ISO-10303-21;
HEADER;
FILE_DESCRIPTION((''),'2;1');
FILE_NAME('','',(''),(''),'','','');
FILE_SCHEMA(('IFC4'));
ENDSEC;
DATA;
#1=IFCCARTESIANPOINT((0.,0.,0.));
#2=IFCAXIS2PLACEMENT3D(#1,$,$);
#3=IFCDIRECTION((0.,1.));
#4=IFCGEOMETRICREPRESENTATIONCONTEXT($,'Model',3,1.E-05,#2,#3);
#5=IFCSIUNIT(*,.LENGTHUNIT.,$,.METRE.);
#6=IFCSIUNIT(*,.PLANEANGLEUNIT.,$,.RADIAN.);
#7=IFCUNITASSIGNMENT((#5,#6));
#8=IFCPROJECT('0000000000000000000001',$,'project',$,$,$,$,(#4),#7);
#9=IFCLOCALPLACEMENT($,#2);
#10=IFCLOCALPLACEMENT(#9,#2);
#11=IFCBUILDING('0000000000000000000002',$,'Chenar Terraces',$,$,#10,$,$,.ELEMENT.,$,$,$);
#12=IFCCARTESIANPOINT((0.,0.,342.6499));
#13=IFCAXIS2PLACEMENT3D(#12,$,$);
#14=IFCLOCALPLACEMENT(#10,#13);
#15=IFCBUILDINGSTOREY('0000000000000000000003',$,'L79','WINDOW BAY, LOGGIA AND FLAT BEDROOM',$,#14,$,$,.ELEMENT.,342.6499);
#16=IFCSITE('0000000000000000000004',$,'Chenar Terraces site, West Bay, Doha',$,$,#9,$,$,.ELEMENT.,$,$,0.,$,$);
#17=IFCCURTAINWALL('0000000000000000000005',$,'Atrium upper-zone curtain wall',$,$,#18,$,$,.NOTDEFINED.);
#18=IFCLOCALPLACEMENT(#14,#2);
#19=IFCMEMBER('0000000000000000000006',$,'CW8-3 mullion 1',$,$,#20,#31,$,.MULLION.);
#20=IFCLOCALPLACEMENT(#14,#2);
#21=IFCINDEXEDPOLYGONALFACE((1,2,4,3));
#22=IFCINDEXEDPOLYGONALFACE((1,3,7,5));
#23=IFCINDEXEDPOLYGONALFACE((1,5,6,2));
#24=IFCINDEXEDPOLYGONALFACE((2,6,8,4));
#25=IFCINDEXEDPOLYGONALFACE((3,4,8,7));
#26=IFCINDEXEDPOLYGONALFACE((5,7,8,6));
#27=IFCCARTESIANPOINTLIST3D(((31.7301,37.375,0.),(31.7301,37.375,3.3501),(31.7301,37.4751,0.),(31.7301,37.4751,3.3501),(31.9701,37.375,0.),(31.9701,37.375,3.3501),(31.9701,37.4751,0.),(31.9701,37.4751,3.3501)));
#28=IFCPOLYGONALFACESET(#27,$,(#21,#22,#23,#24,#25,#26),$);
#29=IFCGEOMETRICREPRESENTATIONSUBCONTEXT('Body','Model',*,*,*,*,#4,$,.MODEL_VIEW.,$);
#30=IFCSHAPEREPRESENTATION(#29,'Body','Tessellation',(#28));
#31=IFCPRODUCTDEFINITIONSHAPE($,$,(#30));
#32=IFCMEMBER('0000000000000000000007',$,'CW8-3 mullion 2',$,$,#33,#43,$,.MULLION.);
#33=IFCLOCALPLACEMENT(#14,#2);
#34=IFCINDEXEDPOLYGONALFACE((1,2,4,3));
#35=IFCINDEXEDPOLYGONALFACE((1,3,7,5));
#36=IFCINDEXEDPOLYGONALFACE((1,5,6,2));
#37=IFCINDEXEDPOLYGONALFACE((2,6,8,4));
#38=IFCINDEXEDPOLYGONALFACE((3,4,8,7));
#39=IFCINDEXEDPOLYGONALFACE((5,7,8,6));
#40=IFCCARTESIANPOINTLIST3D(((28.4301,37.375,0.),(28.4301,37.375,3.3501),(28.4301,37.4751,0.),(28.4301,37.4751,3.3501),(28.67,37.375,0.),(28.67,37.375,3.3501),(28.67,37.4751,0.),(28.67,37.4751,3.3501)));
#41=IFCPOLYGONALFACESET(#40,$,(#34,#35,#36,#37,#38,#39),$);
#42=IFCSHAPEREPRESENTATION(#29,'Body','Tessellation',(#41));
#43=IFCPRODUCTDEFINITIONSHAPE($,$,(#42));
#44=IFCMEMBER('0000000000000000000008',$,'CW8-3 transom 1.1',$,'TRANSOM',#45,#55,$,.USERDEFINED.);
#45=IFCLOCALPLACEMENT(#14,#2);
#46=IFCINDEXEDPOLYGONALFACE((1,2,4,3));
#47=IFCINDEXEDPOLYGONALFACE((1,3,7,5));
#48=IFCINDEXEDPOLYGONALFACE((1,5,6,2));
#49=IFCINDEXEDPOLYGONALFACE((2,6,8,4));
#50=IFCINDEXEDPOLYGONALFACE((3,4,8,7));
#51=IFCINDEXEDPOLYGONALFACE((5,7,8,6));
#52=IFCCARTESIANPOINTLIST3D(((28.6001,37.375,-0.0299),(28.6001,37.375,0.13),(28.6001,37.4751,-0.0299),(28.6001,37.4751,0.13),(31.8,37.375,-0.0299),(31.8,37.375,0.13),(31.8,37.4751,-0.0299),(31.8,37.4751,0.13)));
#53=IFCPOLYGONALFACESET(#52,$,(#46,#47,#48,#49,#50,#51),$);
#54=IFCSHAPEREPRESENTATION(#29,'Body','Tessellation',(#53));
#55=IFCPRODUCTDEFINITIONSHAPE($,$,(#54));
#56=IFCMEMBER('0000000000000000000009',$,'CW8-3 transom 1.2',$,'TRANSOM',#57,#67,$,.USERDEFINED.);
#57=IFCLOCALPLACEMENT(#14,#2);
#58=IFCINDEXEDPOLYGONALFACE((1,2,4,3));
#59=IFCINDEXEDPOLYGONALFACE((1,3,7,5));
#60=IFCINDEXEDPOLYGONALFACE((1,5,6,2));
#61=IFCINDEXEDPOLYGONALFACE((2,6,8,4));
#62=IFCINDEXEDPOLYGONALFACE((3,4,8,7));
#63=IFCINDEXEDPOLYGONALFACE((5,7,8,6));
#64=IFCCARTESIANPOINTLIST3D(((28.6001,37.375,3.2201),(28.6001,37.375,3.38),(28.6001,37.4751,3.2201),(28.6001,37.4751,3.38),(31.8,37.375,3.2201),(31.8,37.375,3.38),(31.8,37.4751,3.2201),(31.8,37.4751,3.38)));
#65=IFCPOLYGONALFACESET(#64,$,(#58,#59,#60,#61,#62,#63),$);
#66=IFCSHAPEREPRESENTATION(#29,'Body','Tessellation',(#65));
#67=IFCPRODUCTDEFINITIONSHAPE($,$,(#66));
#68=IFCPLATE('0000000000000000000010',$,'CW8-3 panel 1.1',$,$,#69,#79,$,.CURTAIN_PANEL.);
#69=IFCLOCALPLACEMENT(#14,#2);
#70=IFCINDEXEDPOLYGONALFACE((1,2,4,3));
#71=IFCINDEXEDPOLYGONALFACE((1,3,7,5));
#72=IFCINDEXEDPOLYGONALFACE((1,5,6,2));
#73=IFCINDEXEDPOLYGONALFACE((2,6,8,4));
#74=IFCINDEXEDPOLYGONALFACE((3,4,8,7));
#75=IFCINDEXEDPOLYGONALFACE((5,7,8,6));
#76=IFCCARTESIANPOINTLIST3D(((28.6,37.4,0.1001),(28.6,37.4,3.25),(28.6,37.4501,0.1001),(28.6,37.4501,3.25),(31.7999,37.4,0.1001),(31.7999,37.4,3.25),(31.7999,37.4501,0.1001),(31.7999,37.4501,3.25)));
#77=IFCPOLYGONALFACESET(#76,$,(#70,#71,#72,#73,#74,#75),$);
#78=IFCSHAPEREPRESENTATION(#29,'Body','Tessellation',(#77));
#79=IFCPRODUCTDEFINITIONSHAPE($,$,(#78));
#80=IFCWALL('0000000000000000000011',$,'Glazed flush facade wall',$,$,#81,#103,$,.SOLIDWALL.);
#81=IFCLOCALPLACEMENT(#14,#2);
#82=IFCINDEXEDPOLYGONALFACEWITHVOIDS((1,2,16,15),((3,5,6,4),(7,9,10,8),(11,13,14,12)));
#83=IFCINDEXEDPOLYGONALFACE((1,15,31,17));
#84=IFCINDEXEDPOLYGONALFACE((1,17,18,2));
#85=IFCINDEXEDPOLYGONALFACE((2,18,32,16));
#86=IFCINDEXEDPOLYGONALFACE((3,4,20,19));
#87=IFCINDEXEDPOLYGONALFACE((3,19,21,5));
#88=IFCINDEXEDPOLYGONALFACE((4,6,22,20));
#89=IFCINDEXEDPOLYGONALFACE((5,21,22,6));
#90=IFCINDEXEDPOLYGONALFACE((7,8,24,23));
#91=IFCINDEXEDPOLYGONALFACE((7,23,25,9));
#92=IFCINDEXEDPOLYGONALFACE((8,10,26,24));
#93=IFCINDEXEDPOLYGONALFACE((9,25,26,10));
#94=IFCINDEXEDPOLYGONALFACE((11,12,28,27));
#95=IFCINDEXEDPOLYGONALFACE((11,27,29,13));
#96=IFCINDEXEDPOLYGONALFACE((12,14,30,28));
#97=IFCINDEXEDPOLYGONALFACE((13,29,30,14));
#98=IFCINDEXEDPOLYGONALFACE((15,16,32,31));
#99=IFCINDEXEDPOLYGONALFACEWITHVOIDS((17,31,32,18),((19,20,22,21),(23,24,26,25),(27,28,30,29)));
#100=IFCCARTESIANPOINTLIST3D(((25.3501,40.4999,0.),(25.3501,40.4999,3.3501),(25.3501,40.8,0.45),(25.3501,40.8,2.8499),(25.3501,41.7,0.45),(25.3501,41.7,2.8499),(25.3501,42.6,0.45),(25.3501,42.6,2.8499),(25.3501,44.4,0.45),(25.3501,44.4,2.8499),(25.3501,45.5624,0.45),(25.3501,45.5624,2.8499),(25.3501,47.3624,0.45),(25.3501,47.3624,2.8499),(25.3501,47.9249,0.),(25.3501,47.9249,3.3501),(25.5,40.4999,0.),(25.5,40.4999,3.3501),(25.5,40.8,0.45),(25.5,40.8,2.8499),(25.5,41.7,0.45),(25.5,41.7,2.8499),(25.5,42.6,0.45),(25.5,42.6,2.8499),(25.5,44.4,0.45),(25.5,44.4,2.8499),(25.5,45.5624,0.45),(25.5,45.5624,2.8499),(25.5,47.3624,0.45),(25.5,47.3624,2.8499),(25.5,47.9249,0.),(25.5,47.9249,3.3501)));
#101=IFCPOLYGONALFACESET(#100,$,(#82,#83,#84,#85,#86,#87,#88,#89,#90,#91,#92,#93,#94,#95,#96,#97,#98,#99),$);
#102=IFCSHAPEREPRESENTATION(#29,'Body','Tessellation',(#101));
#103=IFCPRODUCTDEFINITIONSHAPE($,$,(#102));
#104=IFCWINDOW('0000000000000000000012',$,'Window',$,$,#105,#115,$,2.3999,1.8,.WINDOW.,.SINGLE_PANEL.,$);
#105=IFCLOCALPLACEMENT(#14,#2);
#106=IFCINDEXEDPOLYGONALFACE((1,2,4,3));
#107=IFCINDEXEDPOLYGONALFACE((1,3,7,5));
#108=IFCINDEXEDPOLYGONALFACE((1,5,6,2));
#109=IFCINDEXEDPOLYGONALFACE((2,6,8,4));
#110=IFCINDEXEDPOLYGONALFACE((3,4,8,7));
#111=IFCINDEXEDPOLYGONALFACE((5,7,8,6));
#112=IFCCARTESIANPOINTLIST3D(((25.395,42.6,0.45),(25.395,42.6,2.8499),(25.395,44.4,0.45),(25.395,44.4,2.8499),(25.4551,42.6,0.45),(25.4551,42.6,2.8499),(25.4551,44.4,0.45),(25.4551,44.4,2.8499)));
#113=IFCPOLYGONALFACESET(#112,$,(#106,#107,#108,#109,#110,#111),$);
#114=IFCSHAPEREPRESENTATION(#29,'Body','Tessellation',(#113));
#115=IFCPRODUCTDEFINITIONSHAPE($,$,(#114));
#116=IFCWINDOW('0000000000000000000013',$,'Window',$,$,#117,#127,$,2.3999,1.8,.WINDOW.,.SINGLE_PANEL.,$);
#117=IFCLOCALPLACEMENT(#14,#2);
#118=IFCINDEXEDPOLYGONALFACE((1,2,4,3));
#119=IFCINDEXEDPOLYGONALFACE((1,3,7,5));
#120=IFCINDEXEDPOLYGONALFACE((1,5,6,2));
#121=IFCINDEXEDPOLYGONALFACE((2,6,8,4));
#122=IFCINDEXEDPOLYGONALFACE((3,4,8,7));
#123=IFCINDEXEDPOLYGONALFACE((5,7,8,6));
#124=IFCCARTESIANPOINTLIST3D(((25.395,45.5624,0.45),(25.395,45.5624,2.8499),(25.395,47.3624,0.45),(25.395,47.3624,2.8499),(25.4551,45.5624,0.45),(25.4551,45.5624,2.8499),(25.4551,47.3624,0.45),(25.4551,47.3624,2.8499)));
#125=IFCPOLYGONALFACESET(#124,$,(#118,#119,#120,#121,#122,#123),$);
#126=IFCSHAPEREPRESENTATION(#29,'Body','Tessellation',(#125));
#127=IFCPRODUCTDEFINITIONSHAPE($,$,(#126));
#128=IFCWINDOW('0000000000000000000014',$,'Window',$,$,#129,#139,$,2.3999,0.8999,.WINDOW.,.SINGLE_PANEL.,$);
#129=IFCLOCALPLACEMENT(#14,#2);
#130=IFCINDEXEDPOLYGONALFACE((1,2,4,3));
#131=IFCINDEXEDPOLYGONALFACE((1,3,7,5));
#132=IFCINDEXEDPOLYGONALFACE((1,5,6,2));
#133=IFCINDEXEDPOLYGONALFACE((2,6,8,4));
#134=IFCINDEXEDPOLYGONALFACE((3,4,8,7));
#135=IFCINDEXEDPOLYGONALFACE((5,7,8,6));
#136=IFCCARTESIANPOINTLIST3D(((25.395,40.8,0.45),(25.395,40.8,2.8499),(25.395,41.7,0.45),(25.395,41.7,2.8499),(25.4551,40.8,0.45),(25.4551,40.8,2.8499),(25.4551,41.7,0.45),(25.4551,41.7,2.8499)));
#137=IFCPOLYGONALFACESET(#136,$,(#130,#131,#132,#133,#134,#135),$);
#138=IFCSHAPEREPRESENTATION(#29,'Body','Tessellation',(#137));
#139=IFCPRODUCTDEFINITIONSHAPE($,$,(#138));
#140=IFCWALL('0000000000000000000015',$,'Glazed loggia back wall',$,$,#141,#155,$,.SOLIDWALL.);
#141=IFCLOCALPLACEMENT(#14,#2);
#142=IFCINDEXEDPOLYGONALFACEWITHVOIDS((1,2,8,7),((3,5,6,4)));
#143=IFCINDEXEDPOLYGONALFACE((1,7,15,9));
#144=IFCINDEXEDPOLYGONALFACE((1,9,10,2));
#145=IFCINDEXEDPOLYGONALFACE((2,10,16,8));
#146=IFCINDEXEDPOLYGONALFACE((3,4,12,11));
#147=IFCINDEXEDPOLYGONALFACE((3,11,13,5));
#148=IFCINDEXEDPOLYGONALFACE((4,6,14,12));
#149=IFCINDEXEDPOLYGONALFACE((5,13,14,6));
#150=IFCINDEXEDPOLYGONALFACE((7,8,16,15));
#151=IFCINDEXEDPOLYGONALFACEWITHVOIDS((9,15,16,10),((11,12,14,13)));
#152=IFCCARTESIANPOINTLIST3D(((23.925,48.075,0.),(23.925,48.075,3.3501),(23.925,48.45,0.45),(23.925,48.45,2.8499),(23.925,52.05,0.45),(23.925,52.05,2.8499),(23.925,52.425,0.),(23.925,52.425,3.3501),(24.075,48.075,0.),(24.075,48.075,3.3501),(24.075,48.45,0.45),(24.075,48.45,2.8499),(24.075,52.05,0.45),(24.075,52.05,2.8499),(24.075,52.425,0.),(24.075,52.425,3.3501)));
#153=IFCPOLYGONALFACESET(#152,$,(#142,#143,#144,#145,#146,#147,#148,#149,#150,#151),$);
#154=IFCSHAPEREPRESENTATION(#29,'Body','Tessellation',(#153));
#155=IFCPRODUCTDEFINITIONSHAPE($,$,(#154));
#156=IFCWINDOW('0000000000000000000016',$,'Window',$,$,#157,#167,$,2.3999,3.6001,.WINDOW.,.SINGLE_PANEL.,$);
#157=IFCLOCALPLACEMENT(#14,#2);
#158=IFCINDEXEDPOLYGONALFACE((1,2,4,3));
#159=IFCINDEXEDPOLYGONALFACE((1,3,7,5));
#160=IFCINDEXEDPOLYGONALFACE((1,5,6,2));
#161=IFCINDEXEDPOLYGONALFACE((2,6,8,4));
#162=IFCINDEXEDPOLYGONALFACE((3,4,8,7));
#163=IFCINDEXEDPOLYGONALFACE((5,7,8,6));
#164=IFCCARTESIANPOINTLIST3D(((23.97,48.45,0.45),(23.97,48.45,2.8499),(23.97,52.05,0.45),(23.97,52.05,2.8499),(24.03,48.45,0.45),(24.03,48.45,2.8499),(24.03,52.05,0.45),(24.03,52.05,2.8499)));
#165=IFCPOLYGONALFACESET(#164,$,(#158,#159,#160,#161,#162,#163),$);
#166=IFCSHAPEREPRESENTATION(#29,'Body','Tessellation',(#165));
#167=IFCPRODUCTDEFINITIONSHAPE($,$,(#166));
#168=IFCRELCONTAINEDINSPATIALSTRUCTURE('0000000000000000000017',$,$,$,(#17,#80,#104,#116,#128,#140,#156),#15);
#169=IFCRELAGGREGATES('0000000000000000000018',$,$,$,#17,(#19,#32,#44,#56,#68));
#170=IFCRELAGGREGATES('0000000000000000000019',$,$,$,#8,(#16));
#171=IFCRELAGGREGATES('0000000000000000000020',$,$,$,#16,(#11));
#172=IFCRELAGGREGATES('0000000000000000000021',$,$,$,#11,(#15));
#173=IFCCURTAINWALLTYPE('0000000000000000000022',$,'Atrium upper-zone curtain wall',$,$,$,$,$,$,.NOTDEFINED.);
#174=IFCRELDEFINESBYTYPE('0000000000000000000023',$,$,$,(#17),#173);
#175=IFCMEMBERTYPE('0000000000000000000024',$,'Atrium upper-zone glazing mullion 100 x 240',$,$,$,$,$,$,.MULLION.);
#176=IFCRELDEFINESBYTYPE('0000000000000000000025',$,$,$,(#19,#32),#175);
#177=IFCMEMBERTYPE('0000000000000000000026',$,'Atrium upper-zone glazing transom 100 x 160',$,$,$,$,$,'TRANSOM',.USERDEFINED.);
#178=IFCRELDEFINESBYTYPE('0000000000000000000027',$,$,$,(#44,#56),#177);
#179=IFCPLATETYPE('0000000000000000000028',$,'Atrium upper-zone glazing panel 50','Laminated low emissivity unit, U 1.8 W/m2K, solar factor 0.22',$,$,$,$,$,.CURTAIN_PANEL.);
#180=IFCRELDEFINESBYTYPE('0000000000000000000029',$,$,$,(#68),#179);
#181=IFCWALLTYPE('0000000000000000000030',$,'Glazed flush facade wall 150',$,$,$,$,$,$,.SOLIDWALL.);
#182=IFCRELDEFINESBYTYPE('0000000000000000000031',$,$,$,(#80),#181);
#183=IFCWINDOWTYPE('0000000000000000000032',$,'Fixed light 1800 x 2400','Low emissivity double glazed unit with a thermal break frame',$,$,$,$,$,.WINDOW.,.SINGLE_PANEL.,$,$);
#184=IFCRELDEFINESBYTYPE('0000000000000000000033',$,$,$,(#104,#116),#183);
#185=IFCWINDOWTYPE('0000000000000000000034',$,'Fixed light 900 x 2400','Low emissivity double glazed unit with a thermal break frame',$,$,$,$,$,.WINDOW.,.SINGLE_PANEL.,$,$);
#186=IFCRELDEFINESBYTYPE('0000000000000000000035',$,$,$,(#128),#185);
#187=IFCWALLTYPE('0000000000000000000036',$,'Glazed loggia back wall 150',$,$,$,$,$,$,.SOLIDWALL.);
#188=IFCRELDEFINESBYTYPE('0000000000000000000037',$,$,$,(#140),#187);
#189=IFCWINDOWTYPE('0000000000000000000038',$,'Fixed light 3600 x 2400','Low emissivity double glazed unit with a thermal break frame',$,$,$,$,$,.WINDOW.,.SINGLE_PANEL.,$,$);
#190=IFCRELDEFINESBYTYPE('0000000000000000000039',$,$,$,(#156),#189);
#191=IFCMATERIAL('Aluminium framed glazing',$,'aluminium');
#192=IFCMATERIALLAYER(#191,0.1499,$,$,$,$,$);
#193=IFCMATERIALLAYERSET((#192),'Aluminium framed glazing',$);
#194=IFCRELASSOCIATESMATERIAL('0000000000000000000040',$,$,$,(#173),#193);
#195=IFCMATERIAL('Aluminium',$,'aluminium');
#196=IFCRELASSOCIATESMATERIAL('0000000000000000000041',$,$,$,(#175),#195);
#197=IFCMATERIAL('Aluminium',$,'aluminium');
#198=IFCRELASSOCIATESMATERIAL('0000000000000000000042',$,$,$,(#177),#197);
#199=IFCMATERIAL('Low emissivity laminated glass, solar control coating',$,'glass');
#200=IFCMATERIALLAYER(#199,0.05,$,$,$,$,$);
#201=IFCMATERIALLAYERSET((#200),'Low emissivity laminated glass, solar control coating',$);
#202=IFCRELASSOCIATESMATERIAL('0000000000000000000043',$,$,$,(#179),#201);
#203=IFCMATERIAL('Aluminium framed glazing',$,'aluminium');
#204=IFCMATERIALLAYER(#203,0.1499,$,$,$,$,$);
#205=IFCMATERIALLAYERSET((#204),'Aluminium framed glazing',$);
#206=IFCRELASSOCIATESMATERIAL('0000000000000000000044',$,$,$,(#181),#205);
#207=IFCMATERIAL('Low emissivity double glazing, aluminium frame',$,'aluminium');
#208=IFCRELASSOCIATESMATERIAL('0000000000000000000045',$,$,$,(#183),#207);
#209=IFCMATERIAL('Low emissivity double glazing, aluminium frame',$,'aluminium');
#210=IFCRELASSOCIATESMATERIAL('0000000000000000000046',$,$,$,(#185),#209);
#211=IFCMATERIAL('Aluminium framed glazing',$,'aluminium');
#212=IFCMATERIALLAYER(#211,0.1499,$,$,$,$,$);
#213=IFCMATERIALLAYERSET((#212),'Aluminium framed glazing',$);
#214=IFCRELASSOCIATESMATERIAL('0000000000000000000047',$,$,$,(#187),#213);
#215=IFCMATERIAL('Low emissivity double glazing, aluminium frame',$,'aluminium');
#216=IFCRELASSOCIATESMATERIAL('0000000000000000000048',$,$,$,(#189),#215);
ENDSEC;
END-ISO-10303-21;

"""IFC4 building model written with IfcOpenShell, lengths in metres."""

from ifc_helpers import new_model, si_unit, direction, frame, frame_2d, origin, origin_2d, place, context, subcontext, project, spatial, rectangle, extrude, material, layer, layer_set, material_profile, profile_set, type_object, element, fill, aggregate, save


model = new_model("IFC4")

# Units and contexts
model_context = context("Model", 3, precision=1e-05, world=origin(), true_north=direction((0.0, 1.0)))
body_context = subcontext(model_context, "Body", "Model", "MODEL_VIEW")
ifc_project = project(units=[si_unit("LENGTHUNIT", "METRE"), si_unit("PLANEANGLEUNIT", "RADIAN")], contexts=[model_context])

# Site, building, storey
site_placement = place(None, origin())
site = spatial("IfcSite", under=ifc_project, at=site_placement, Name="Chenar Terraces site, West Bay, Doha", CompositionType="ELEMENT", RefElevation=0.0)
building_placement = place(site_placement, origin())
building = spatial("IfcBuilding", under=site, at=building_placement, Name="Chenar Terraces", CompositionType="ELEMENT")
storey_placement = place(building_placement, frame((0.0, 0.0, 342.6499)))
storey = spatial("IfcBuildingStorey", under=building, at=storey_placement, Name="L79", Description="WINDOW BAY, LOGGIA AND FLAT BEDROOM", CompositionType="ELEMENT", Elevation=342.6499)

# Curtain wall, members, plate
ifc_material_1 = material(Name="Aluminium framed glazing", Category="aluminium")
ifc_layer_1 = layer(ifc_material_1, 0.1499)
ifc_layer_set_1 = layer_set([ifc_layer_1], Name="Aluminium framed glazing")
curtain_wall_type = type_object("IfcCurtainWallType", Name="Atrium upper-zone curtain wall", PredefinedType="NOTDEFINED", material=ifc_layer_set_1)
curtain_wall_placement = place(storey_placement, origin())
curtain_wall = element("IfcCurtainWall", 1, at=curtain_wall_placement, inside=storey, type_object=curtain_wall_type, Name="Atrium upper-zone curtain wall", PredefinedType="NOTDEFINED")
ifc_material_2 = material(Name="Aluminium", Category="aluminium")
ifc_material_profile_1 = material_profile(ifc_material_2, rectangle(XDim=0.1001, YDim=0.24, at=origin_2d()), Name="Atrium upper-zone glazing mullion 100 x 240")
ifc_profile_set_1 = profile_set([ifc_material_profile_1], Name="Aluminium")
member_type_1 = type_object("IfcMemberType", Name="Atrium upper-zone glazing mullion 100 x 240", PredefinedType="MULLION", material=ifc_profile_set_1)
member_1_placement = place(storey_placement, frame((31.8501, 37.425, 0.0), z_axis=(0.0, 0.0, 1.0), x_axis=(0.0, -1.0, 0.0)))
member_1 = element("IfcMember", 2, at=member_1_placement, type_object=member_type_1, Name="CW8-3 mullion 1", PredefinedType="MULLION", context=body_context, shape_type="SweptSolid", body=[
    extrude(rectangle(XDim=0.1001, YDim=0.24, at=origin_2d()), origin(), (0.0, 0.0, 1.0), 3.3501),
])
member_2_placement = place(storey_placement, frame((28.55, 37.425, 0.0), z_axis=(0.0, 0.0, 1.0), x_axis=(0.0, -1.0, 0.0)))
member_2 = element("IfcMember", 3, at=member_2_placement, type_object=member_type_1, Name="CW8-3 mullion 2", PredefinedType="MULLION", context=body_context, shape_type="SweptSolid", body=[
    extrude(rectangle(XDim=0.1001, YDim=0.24, at=origin_2d()), origin(), (0.0, 0.0, 1.0), 3.3501),
])
ifc_material_3 = material(Name="Aluminium", Category="aluminium")
ifc_material_profile_2 = material_profile(ifc_material_3, rectangle(XDim=0.1001, YDim=0.1599, at=origin_2d()), Name="Atrium upper-zone glazing transom 100 x 160")
ifc_profile_set_2 = profile_set([ifc_material_profile_2], Name="Aluminium")
member_type_2 = type_object("IfcMemberType", Name="Atrium upper-zone glazing transom 100 x 160", ElementType="TRANSOM", PredefinedType="USERDEFINED", material=ifc_profile_set_2)
member_3_placement = place(storey_placement, frame((31.8, 37.425, 0.05), z_axis=(-1.0, 0.0, 0.0), x_axis=(0.0, -1.0, 0.0)))
member_3 = element("IfcMember", 4, at=member_3_placement, type_object=member_type_2, Name="CW8-3 transom 1.1", ObjectType="TRANSOM", PredefinedType="USERDEFINED", context=body_context, shape_type="SweptSolid", body=[
    extrude(rectangle(XDim=0.1001, YDim=0.1599, at=origin_2d()), origin(), (0.0, 0.0, 1.0), 3.2),
])
member_4_placement = place(storey_placement, frame((31.8, 37.425, 3.3), z_axis=(-1.0, 0.0, 0.0), x_axis=(0.0, -1.0, 0.0)))
member_4 = element("IfcMember", 5, at=member_4_placement, type_object=member_type_2, Name="CW8-3 transom 1.2", ObjectType="TRANSOM", PredefinedType="USERDEFINED", context=body_context, shape_type="SweptSolid", body=[
    extrude(rectangle(XDim=0.1001, YDim=0.1599, at=origin_2d()), origin(), (0.0, 0.0, 1.0), 3.2),
])
ifc_material_4 = material(Name="Low emissivity laminated glass, solar control coating", Category="glass")
ifc_layer_2 = layer(ifc_material_4, 0.05)
ifc_layer_set_2 = layer_set([ifc_layer_2], Name="Low emissivity laminated glass, solar control coating")
plate_type = type_object("IfcPlateType", Name="Atrium upper-zone glazing panel 50", Description="Laminated low emissivity unit, U 1.8 W/m2K, solar factor 0.22", PredefinedType="CURTAIN_PANEL", material=ifc_layer_set_2)
plate_placement = place(storey_placement, frame((30.2, 37.425, 0.1001), z_axis=(0.0, 0.0, 1.0), x_axis=(-1.0, 0.0, 0.0)))
plate = element("IfcPlate", 6, at=plate_placement, type_object=plate_type, Name="CW8-3 panel 1.1", PredefinedType="CURTAIN_PANEL", context=body_context, shape_type="SweptSolid", body=[
    extrude(rectangle(XDim=3.2, YDim=0.05, at=origin_2d()), origin(), (0.0, 0.0, 1.0), 3.1499),
])
aggregate(curtain_wall, [member_1, member_2, member_3, member_4, plate])

# Wall, openings, windows
ifc_material_5 = material(Name="Aluminium framed glazing", Category="aluminium")
ifc_layer_3 = layer(ifc_material_5, 0.1499)
ifc_layer_set_3 = layer_set([ifc_layer_3], Name="Aluminium framed glazing")
wall_type_1 = type_object("IfcWallType", Name="Glazed flush facade wall 150", PredefinedType="SOLIDWALL", material=ifc_layer_set_3)
wall_1_placement = place(storey_placement, frame((25.425, 40.5, 0.0), z_axis=(0.0, 0.0, 1.0), x_axis=(0.0, 1.0, 0.0)))
wall_1 = element("IfcWall", 7, at=wall_1_placement, inside=storey, type_object=wall_type_1, Name="Glazed flush facade wall", PredefinedType="SOLIDWALL", context=body_context, shape_type="SweptSolid", body=[
    extrude(rectangle(XDim=7.425, YDim=0.1499, at=frame_2d((3.7124, 0.0))), origin(), (0.0, 0.0, 1.0), 3.3501),
])
opening_1_placement = place(wall_1_placement, frame((0.3, 0.0, 0.45)))
opening_1 = element("IfcOpeningElement", 8, at=opening_1_placement, cuts=wall_1, PredefinedType="OPENING", context=body_context, shape_type="SweptSolid", body=[
    extrude(rectangle(XDim=0.8999, YDim=2.3999, at=frame_2d((0.45, 1.2))), frame((0.0, 0.085, 0.0), z_axis=(0.0, -1.0, 0.0), x_axis=(1.0, 0.0, 0.0)), (0.0, 0.0, 1.0), 0.1699),
])
opening_2_placement = place(wall_1_placement, frame((2.1001, 0.0, 0.45)))
opening_2 = element("IfcOpeningElement", 9, at=opening_2_placement, cuts=wall_1, PredefinedType="OPENING", context=body_context, shape_type="SweptSolid", body=[
    extrude(rectangle(XDim=1.8, YDim=2.3999, at=frame_2d((0.8999, 1.2))), frame((0.0, 0.085, 0.0), z_axis=(0.0, -1.0, 0.0), x_axis=(1.0, 0.0, 0.0)), (0.0, 0.0, 1.0), 0.1699),
])
opening_3_placement = place(wall_1_placement, frame((5.0625, 0.0, 0.45)))
opening_3 = element("IfcOpeningElement", 10, at=opening_3_placement, cuts=wall_1, PredefinedType="OPENING", context=body_context, shape_type="SweptSolid", body=[
    extrude(rectangle(XDim=1.8, YDim=2.3999, at=frame_2d((0.8999, 1.2))), frame((0.0, 0.085, 0.0), z_axis=(0.0, -1.0, 0.0), x_axis=(1.0, 0.0, 0.0)), (0.0, 0.0, 1.0), 0.1699),
])
ifc_material_6 = material(Name="Low emissivity double glazing, aluminium frame", Category="aluminium")
window_type_1 = type_object("IfcWindowType", Name="Fixed light 1800 x 2400", Description="Low emissivity double glazed unit with a thermal break frame", PartitioningType="SINGLE_PANEL", PredefinedType="WINDOW", material=ifc_material_6)
window_1_placement = place(opening_2_placement, origin())
window_1 = element("IfcWindow", 11, at=window_1_placement, inside=storey, type_object=window_type_1, Name="Window", OverallHeight=2.3999, OverallWidth=1.8, PartitioningType="SINGLE_PANEL", PredefinedType="WINDOW", context=body_context, shape_type="SweptSolid", body=[
    extrude(rectangle(XDim=1.8, YDim=2.3999, at=frame_2d((0.8999, 1.2))), frame((0.0, 0.03, 0.0), z_axis=(0.0, -1.0, 0.0), x_axis=(1.0, 0.0, 0.0)), (0.0, 0.0, 1.0), 0.0601),
])
fill(opening_2, window_1)
window_2_placement = place(opening_3_placement, origin())
window_2 = element("IfcWindow", 12, at=window_2_placement, inside=storey, type_object=window_type_1, Name="Window", OverallHeight=2.3999, OverallWidth=1.8, PartitioningType="SINGLE_PANEL", PredefinedType="WINDOW", context=body_context, shape_type="SweptSolid", body=[
    extrude(rectangle(XDim=1.8, YDim=2.3999, at=frame_2d((0.8999, 1.2))), frame((0.0, 0.03, 0.0), z_axis=(0.0, -1.0, 0.0), x_axis=(1.0, 0.0, 0.0)), (0.0, 0.0, 1.0), 0.0601),
])
fill(opening_3, window_2)
ifc_material_7 = material(Name="Low emissivity double glazing, aluminium frame", Category="aluminium")
window_type_2 = type_object("IfcWindowType", Name="Fixed light 900 x 2400", Description="Low emissivity double glazed unit with a thermal break frame", PartitioningType="SINGLE_PANEL", PredefinedType="WINDOW", material=ifc_material_7)
window_3_placement = place(opening_1_placement, origin())
window_3 = element("IfcWindow", 13, at=window_3_placement, inside=storey, type_object=window_type_2, Name="Window", OverallHeight=2.3999, OverallWidth=0.8999, PartitioningType="SINGLE_PANEL", PredefinedType="WINDOW", context=body_context, shape_type="SweptSolid", body=[
    extrude(rectangle(XDim=0.8999, YDim=2.3999, at=frame_2d((0.45, 1.2))), frame((0.0, 0.03, 0.0), z_axis=(0.0, -1.0, 0.0), x_axis=(1.0, 0.0, 0.0)), (0.0, 0.0, 1.0), 0.0601),
])
fill(opening_1, window_3)

# Wall, opening, window
ifc_material_8 = material(Name="Aluminium framed glazing", Category="aluminium")
ifc_layer_4 = layer(ifc_material_8, 0.1499)
ifc_layer_set_4 = layer_set([ifc_layer_4], Name="Aluminium framed glazing")
wall_type_2 = type_object("IfcWallType", Name="Glazed loggia back wall 150", PredefinedType="SOLIDWALL", material=ifc_layer_set_4)
wall_2_placement = place(storey_placement, frame((24.0, 48.075, 0.0), z_axis=(0.0, 0.0, 1.0), x_axis=(0.0, 1.0, 0.0)))
wall_2 = element("IfcWall", 14, at=wall_2_placement, inside=storey, type_object=wall_type_2, Name="Glazed loggia back wall", PredefinedType="SOLIDWALL", context=body_context, shape_type="SweptSolid", body=[
    extrude(rectangle(XDim=4.3501, YDim=0.1499, at=frame_2d((2.175, 0.0))), origin(), (0.0, 0.0, 1.0), 3.3501),
])
opening_4_placement = place(wall_2_placement, frame((0.375, 0.0, 0.45)))
opening_4 = element("IfcOpeningElement", 15, at=opening_4_placement, cuts=wall_2, PredefinedType="OPENING", context=body_context, shape_type="SweptSolid", body=[
    extrude(rectangle(XDim=3.6001, YDim=2.3999, at=frame_2d((1.8, 1.2))), frame((0.0, 0.085, 0.0), z_axis=(0.0, -1.0, 0.0), x_axis=(1.0, 0.0, 0.0)), (0.0, 0.0, 1.0), 0.1699),
])
ifc_material_9 = material(Name="Low emissivity double glazing, aluminium frame", Category="aluminium")
window_type_3 = type_object("IfcWindowType", Name="Fixed light 3600 x 2400", Description="Low emissivity double glazed unit with a thermal break frame", PartitioningType="SINGLE_PANEL", PredefinedType="WINDOW", material=ifc_material_9)
window_4_placement = place(opening_4_placement, origin())
window_4 = element("IfcWindow", 16, at=window_4_placement, inside=storey, type_object=window_type_3, Name="Window", OverallHeight=2.3999, OverallWidth=3.6001, PartitioningType="SINGLE_PANEL", PredefinedType="WINDOW", context=body_context, shape_type="SweptSolid", body=[
    extrude(rectangle(XDim=3.6001, YDim=2.3999, at=frame_2d((1.8, 1.2))), frame((0.0, 0.03, 0.0), z_axis=(0.0, -1.0, 0.0), x_axis=(1.0, 0.0, 0.0)), (0.0, 0.0, 1.0), 0.0601),
])
fill(opening_4, window_4)

save(model, "model.ifc")
